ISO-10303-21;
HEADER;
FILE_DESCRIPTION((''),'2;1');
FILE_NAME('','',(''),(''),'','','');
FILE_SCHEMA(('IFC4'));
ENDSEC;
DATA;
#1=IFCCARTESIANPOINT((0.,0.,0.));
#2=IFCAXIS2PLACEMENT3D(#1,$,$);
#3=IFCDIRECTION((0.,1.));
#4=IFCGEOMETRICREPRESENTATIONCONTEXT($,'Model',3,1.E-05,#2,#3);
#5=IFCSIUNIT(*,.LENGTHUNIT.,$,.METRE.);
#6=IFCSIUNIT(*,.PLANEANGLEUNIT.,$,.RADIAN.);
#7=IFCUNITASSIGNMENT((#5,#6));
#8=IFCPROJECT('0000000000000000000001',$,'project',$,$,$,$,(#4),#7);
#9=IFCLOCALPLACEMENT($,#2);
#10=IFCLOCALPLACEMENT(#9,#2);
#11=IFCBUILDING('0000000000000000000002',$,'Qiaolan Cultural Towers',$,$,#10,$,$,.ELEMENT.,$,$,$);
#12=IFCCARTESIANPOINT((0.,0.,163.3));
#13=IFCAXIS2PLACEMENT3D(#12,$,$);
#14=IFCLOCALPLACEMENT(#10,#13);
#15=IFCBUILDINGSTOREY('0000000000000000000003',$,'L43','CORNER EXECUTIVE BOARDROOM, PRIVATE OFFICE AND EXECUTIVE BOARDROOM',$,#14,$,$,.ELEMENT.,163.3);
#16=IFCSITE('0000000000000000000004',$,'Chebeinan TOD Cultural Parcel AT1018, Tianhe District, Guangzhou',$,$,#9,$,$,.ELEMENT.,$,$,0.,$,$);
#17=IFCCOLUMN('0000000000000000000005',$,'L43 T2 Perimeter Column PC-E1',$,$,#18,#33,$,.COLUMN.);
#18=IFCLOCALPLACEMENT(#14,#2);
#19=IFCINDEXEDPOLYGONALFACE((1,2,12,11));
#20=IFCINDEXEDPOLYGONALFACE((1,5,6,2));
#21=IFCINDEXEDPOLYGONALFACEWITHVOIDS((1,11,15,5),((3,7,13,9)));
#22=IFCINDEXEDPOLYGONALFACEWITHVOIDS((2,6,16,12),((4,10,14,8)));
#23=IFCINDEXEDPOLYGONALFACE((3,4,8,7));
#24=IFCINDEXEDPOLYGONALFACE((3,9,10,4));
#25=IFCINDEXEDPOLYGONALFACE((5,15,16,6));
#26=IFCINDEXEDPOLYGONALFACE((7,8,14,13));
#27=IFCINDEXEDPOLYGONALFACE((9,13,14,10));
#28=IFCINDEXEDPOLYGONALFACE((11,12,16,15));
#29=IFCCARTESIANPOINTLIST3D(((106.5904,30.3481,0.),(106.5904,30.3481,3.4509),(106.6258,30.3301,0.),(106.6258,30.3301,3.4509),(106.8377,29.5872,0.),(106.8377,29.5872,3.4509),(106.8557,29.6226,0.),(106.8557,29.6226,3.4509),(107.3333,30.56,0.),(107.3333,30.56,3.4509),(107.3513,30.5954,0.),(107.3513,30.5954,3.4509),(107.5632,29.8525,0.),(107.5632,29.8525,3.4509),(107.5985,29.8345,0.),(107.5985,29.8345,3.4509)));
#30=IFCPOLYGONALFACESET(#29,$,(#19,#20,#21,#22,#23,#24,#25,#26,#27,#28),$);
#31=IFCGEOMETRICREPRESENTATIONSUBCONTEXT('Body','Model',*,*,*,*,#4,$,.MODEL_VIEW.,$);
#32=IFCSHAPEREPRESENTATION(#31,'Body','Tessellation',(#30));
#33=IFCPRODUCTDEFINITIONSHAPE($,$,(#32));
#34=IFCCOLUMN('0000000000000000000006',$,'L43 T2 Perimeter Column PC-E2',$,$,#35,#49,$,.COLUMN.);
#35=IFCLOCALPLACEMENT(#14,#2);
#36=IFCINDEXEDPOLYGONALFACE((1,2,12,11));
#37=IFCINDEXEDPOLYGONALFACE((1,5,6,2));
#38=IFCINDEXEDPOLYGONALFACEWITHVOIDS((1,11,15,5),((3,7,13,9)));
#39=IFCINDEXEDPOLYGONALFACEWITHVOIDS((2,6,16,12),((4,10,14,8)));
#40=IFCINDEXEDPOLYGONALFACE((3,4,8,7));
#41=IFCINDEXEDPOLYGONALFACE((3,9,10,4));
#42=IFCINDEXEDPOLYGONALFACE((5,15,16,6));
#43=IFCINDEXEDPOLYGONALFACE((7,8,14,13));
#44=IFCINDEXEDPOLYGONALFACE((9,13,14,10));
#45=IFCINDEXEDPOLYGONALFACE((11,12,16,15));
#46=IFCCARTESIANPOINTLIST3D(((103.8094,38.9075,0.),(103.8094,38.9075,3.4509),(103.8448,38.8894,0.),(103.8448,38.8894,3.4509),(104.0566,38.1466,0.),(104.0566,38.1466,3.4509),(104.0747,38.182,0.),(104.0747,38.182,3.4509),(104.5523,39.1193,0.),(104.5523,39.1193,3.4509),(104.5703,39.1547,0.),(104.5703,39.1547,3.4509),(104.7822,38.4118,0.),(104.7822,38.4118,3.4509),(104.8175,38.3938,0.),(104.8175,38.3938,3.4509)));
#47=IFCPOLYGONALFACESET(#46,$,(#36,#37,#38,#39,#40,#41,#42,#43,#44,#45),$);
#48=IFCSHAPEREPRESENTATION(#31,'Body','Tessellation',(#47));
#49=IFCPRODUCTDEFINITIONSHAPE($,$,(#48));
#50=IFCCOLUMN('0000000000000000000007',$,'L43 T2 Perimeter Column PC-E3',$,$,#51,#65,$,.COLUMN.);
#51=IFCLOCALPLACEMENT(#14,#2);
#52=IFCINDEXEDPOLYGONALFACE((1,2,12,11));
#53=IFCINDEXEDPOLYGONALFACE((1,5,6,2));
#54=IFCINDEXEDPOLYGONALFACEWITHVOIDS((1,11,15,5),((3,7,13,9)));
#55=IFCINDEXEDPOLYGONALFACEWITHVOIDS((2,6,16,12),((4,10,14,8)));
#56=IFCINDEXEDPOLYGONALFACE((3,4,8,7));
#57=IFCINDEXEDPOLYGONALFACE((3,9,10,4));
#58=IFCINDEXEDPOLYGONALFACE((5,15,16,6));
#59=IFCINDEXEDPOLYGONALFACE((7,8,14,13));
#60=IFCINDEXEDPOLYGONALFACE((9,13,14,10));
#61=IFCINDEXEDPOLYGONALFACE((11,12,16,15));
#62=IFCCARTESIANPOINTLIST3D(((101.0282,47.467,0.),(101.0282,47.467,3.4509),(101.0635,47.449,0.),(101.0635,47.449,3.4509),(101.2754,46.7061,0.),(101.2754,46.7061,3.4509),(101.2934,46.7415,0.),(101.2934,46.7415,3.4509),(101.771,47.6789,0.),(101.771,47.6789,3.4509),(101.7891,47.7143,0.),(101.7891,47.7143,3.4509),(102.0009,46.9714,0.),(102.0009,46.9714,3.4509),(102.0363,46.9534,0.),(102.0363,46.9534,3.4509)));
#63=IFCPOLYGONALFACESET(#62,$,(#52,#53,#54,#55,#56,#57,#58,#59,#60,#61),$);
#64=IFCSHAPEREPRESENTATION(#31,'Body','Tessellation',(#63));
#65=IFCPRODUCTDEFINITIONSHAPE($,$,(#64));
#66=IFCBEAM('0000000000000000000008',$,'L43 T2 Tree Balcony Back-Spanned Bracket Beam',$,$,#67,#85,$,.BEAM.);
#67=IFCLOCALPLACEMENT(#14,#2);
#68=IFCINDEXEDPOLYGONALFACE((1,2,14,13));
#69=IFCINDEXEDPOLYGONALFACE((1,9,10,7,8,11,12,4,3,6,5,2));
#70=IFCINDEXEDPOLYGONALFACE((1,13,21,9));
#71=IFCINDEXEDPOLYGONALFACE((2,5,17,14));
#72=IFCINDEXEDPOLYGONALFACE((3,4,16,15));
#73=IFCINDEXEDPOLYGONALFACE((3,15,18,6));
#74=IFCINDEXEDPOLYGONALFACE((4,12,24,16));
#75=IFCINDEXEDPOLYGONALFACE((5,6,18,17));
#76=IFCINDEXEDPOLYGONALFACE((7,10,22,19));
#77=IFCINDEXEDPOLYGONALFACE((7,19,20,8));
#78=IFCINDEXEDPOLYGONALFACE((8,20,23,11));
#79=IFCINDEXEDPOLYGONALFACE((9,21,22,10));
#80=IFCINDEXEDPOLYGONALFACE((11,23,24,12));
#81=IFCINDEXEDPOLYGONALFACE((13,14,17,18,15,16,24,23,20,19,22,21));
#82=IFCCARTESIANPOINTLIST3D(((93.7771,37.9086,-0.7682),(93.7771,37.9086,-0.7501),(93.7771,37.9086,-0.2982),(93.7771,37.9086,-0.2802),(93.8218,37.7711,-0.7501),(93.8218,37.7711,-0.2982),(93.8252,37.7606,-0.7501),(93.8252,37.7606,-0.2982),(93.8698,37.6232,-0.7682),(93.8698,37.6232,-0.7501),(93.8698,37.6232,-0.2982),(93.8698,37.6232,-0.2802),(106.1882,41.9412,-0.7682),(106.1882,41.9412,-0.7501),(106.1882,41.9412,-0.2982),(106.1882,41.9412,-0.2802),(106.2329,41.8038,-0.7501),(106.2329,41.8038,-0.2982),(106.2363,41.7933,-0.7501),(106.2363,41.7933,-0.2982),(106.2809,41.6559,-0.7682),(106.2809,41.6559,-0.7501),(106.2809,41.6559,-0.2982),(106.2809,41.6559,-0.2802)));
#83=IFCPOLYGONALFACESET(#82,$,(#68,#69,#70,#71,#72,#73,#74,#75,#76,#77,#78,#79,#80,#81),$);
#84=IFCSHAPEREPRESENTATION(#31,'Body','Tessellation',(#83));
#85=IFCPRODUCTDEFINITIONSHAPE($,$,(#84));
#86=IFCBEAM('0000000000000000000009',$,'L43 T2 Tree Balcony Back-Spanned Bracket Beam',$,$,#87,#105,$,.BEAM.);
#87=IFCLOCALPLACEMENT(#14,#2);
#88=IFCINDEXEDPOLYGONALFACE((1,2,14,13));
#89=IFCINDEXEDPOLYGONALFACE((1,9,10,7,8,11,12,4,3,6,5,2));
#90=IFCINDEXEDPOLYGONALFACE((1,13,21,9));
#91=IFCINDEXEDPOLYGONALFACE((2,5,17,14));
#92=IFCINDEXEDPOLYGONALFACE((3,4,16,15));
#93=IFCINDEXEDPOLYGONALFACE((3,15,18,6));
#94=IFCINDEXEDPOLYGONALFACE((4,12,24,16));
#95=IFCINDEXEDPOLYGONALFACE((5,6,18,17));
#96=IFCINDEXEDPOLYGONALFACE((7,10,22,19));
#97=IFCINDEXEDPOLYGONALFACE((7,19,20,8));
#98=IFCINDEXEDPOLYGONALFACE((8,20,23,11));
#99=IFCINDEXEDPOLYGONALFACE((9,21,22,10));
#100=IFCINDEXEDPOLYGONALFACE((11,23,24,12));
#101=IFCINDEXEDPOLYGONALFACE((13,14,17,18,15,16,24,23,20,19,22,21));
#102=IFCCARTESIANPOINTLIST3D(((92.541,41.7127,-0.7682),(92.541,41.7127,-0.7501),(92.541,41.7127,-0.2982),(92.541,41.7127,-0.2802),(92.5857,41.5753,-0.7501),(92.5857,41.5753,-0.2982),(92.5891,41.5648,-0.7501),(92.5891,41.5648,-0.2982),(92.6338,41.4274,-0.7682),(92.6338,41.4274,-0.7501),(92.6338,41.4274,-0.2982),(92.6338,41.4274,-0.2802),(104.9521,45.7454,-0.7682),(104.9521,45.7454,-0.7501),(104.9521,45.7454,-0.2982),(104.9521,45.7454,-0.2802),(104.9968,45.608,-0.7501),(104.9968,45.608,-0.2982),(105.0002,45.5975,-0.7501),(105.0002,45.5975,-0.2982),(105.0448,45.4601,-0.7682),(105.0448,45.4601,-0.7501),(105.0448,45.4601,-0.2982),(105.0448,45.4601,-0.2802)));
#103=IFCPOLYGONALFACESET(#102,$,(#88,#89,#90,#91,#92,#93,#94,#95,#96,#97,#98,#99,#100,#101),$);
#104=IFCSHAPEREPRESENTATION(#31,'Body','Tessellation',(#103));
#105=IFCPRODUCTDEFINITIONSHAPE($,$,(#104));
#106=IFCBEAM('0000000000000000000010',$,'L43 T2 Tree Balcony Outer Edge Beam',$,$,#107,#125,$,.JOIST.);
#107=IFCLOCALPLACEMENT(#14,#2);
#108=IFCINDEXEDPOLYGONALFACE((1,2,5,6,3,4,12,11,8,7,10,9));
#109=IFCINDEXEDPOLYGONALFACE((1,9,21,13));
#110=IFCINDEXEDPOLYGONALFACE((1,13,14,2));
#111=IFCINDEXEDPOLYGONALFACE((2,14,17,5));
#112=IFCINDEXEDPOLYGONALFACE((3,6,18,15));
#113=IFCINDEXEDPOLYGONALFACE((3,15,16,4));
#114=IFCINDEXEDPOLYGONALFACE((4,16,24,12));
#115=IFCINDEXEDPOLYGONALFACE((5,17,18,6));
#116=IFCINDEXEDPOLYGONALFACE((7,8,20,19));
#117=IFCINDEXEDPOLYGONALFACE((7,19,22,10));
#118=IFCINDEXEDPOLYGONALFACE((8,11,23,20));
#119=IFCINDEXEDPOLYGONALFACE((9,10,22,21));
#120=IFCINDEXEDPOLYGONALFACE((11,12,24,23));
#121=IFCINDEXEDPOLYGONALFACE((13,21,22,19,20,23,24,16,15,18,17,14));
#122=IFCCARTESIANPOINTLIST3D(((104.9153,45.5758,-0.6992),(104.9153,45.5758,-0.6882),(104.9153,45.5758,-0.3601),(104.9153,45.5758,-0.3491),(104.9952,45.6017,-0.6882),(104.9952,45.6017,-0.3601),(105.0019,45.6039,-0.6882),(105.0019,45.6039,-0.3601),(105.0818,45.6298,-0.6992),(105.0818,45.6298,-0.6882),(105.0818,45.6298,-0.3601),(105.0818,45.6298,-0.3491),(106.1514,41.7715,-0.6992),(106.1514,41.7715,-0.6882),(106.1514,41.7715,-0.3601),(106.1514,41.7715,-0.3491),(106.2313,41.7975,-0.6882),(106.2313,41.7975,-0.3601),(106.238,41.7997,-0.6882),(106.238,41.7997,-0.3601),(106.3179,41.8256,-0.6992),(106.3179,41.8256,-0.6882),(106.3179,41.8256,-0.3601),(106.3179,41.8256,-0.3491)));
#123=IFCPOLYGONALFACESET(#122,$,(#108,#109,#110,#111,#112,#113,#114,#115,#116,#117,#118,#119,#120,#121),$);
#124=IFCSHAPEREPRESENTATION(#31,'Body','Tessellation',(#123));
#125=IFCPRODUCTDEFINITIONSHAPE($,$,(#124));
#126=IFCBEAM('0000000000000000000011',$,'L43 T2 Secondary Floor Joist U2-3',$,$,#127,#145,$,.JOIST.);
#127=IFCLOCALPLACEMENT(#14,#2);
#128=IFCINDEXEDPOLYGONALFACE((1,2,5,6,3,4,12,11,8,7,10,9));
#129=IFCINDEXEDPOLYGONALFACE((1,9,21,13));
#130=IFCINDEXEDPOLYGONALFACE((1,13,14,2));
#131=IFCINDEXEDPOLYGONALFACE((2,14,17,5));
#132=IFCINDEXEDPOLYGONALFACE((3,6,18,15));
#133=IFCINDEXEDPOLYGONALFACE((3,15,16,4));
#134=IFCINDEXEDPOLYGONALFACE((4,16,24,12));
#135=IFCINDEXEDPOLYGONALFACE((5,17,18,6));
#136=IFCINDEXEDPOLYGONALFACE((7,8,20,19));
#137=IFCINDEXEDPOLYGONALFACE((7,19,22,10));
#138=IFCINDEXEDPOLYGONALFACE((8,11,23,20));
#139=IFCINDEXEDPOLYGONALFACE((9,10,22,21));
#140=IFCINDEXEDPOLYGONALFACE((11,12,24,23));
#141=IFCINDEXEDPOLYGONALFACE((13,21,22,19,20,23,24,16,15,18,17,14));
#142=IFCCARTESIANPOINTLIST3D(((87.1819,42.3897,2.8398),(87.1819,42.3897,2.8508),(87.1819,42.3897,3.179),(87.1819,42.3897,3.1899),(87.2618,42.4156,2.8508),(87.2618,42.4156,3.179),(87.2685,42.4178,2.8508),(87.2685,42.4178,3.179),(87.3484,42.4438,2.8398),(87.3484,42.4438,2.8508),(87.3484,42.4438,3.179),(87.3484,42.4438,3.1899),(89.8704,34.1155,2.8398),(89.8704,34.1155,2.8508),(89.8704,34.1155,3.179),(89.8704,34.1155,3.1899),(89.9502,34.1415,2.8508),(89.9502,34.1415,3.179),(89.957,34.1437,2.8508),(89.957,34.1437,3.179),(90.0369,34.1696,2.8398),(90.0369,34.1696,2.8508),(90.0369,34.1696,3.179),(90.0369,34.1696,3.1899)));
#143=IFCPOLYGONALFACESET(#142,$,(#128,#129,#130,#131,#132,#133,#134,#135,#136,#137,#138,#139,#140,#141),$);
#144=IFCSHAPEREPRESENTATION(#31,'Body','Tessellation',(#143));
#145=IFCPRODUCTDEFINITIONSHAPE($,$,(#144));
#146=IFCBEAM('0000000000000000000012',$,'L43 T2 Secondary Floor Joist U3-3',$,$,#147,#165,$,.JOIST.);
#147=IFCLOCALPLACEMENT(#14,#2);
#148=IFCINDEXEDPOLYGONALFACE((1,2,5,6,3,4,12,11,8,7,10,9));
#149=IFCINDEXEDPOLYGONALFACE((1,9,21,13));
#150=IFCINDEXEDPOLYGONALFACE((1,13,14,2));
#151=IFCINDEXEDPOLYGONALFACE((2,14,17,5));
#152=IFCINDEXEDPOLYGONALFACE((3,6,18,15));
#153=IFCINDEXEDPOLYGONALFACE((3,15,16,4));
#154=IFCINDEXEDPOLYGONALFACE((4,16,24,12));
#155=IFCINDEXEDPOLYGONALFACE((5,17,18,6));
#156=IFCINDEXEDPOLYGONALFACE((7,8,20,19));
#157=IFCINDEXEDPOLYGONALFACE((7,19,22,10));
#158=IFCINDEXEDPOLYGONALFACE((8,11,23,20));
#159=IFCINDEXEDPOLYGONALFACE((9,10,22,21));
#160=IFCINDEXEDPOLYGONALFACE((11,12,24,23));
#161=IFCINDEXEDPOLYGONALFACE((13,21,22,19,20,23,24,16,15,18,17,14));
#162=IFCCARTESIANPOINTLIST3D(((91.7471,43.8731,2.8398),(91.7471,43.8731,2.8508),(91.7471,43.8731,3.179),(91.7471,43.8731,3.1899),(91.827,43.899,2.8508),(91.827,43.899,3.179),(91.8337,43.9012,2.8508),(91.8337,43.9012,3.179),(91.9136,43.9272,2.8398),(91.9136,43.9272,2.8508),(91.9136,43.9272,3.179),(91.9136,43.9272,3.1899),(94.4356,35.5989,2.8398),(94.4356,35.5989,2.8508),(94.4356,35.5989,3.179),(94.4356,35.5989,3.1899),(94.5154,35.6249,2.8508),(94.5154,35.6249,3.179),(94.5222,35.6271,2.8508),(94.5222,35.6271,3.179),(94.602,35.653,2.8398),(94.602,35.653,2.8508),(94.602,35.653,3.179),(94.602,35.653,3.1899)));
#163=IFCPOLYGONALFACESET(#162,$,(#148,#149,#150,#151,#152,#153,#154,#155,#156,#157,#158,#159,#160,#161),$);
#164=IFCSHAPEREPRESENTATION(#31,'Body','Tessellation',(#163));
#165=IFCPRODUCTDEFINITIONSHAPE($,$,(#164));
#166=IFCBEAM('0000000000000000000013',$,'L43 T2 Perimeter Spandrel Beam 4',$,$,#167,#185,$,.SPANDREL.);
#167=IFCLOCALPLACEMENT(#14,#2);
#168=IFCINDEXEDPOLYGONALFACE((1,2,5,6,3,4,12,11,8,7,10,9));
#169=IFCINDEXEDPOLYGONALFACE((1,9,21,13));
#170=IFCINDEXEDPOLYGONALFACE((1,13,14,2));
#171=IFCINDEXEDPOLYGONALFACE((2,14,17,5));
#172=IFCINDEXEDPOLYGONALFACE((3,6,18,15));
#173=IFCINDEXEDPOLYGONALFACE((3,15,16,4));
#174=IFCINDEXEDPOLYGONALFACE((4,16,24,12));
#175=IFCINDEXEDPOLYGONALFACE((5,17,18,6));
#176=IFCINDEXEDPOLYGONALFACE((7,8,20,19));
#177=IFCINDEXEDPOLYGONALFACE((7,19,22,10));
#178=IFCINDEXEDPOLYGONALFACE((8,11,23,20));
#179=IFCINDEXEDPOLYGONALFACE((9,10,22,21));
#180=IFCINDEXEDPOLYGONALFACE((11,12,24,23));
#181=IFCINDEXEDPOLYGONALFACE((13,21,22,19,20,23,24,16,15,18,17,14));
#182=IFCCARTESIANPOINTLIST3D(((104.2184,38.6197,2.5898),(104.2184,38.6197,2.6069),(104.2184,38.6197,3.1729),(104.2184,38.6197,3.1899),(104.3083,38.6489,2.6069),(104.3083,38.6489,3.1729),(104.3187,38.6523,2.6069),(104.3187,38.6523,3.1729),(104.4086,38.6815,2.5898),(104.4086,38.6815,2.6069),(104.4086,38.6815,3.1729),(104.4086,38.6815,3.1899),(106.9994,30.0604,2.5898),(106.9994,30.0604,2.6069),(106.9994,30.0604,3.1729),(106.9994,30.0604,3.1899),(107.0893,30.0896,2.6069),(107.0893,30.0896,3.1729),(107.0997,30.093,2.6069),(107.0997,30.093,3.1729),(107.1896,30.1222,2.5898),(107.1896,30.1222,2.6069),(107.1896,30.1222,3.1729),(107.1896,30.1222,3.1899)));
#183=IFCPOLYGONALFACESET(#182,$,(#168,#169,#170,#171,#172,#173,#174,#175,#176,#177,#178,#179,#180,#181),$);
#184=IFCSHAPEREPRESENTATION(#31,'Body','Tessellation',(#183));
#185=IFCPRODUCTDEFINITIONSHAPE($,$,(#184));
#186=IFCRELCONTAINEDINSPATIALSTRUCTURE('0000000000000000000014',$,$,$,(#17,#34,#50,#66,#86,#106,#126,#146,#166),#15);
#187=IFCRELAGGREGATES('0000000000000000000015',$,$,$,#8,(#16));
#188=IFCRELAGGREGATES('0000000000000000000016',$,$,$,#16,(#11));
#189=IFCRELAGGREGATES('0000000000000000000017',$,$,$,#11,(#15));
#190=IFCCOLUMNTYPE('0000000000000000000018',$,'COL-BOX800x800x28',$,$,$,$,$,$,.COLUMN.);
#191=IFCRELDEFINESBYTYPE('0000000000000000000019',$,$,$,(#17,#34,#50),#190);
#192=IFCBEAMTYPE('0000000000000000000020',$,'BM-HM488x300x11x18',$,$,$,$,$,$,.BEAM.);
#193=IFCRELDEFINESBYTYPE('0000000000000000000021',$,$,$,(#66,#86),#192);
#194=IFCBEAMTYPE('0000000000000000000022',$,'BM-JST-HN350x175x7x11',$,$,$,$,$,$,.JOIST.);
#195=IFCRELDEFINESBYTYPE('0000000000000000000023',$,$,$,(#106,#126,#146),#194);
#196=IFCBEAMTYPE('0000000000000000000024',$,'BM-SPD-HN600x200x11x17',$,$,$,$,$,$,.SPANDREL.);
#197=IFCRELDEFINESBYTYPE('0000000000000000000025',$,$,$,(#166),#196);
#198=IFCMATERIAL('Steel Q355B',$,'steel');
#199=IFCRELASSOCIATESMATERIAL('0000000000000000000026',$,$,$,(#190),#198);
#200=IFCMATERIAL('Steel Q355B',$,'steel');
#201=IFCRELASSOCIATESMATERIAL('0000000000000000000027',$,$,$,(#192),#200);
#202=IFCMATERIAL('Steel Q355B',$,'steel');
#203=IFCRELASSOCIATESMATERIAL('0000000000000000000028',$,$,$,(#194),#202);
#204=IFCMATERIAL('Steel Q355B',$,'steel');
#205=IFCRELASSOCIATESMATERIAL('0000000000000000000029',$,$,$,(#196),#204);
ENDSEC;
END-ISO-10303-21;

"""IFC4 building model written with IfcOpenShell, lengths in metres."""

from ifc_helpers import new_model, si_unit, direction, frame, origin, origin_2d, place, context, subcontext, project, spatial, hollow_rectangle, i_section, extrude, material, material_profile, profile_set, type_object, element, save


model = new_model("IFC4")

# Units and contexts
model_context = context("Model", 3, precision=1e-05, world=origin(), true_north=direction((0.0, 1.0)))
body_context = subcontext(model_context, "Body", "Model", "MODEL_VIEW")
ifc_project = project(units=[si_unit("LENGTHUNIT", "METRE"), si_unit("PLANEANGLEUNIT", "RADIAN")], contexts=[model_context])

# Site, building, storey
site_placement = place(None, origin())
site = spatial("IfcSite", under=ifc_project, at=site_placement, Name="Chebeinan TOD Cultural Parcel AT1018, Tianhe District, Guangzhou", CompositionType="ELEMENT", RefElevation=0.0)
building_placement = place(site_placement, origin())
building = spatial("IfcBuilding", under=site, at=building_placement, Name="Qiaolan Cultural Towers", CompositionType="ELEMENT")
storey_placement = place(building_placement, frame((0.0, 0.0, 163.3)))
storey = spatial("IfcBuildingStorey", under=building, at=storey_placement, Name="L43", Description="CORNER EXECUTIVE BOARDROOM, PRIVATE OFFICE AND EXECUTIVE BOARDROOM", CompositionType="ELEMENT", Elevation=163.3)

# Columns
ifc_material_1 = material(Name="Steel Q355B", Category="steel")
ifc_material_profile_1 = material_profile(ifc_material_1, hollow_rectangle(XDim=0.8, YDim=0.8, WallThickness=0.0281, at=origin_2d()), Name="BOX800x800x28")
ifc_profile_set_1 = profile_set([ifc_material_profile_1], Name="Steel Q355B")
column_type = type_object("IfcColumnType", Name="COL-BOX800x800x28", PredefinedType="COLUMN", material=ifc_profile_set_1)
for number, where, z_axis, x_axis, name in (
    (1, (107.0945, 30.0913, 0.0), (0.0, 0.0, 1.0), (0.951057, 0.309017, 0.0), "L43 T2 Perimeter Column PC-E1"),
    (2, (104.3135, 38.6506, 0.0), (0.0, 0.0, 1.0), (0.951057, 0.309017, 0.0), "L43 T2 Perimeter Column PC-E2"),
    (3, (101.5322, 47.2102, 0.0), (0.0, 0.0, 1.0), (0.951057, 0.309017, 0.0), "L43 T2 Perimeter Column PC-E3"),
):
    element("IfcColumn", number, at=place(storey_placement, frame(where, z_axis=z_axis, x_axis=x_axis)), inside=storey, type_object=column_type, Name=name, PredefinedType="COLUMN", context=body_context, shape_type="SweptSolid", body=[
        extrude(hollow_rectangle(XDim=0.8, YDim=0.8, WallThickness=0.0281, at=origin_2d()), origin(), (0.0, 0.0, 1.0), 3.4509),
    ])

# Beams
ifc_material_2 = material(Name="Steel Q355B", Category="steel")
ifc_material_profile_2 = material_profile(ifc_material_2, i_section(OverallWidth=0.3, OverallDepth=0.488, WebThickness=0.011, FlangeThickness=0.0181, at=origin_2d()), Name="HM488x300x11x18")
ifc_profile_set_2 = profile_set([ifc_material_profile_2], Name="Steel Q355B")
beam_type_1 = type_object("IfcBeamType", Name="BM-HM488x300x11x18", PredefinedType="BEAM", material=ifc_profile_set_2)
for number, where, z_axis, x_axis, name in (
    (4, (93.8235, 37.7659, -0.5242), (0.951054, 0.309023, 0.0), (-0.309023, 0.951054, 0.0), "L43 T2 Tree Balcony Back-Spanned Bracket Beam"),
    (5, (92.5874, 41.5701, -0.5242), (0.951054, 0.309023, 0.0), (-0.309023, 0.951054, 0.0), "L43 T2 Tree Balcony Back-Spanned Bracket Beam"),
):
    element("IfcBeam", number, at=place(storey_placement, frame(where, z_axis=z_axis, x_axis=x_axis)), inside=storey, type_object=beam_type_1, Name=name, PredefinedType="BEAM", context=body_context, shape_type="SweptSolid", body=[
        extrude(i_section(OverallWidth=0.3, OverallDepth=0.488, WebThickness=0.011, FlangeThickness=0.0181, at=origin_2d()), origin(), (0.0, 0.0, 1.0), 13.0498),
    ])
ifc_material_3 = material(Name="Steel Q355B", Category="steel")
ifc_material_profile_3 = material_profile(ifc_material_3, i_section(OverallWidth=0.175, OverallDepth=0.3501, WebThickness=0.0071, FlangeThickness=0.011, at=origin_2d()), Name="HN350x175x7x11")
ifc_profile_set_3 = profile_set([ifc_material_profile_3], Name="Steel Q355B")
beam_type_2 = type_object("IfcBeamType", Name="BM-JST-HN350x175x7x11", PredefinedType="JOIST", material=ifc_profile_set_3)
beam_1_placement = place(storey_placement, frame((106.2346, 41.7986, -0.5242), z_axis=(-0.309023, 0.951055, 0.0), x_axis=(-0.951055, -0.309023, 0.0)))
element("IfcBeam", 6, at=beam_1_placement, inside=storey, type_object=beam_type_2, Name="L43 T2 Tree Balcony Outer Edge Beam", PredefinedType="JOIST", context=body_context, shape_type="SweptSolid", body=[
    extrude(i_section(OverallWidth=0.175, OverallDepth=0.3501, WebThickness=0.0071, FlangeThickness=0.011, at=origin_2d()), origin(), (0.0, 0.0, 1.0), 4.0),
])
for number, where, z_axis, x_axis, name in (
    (7, (89.9536, 34.1426, 3.0149), (-0.309021, 0.951055, 0.0), (-0.951055, -0.309021, 0.0), "L43 T2 Secondary Floor Joist U2-3"),
    (8, (94.5188, 35.626, 3.0149), (-0.309021, 0.951055, 0.0), (-0.951055, -0.309021, 0.0), "L43 T2 Secondary Floor Joist U3-3"),
):
    element("IfcBeam", number, at=place(storey_placement, frame(where, z_axis=z_axis, x_axis=x_axis)), inside=storey, type_object=beam_type_2, Name=name, PredefinedType="JOIST", context=body_context, shape_type="SweptSolid", body=[
        extrude(i_section(OverallWidth=0.175, OverallDepth=0.3501, WebThickness=0.0071, FlangeThickness=0.011, at=origin_2d()), origin(), (0.0, 0.0, 1.0), 8.7),
    ])
ifc_material_4 = material(Name="Steel Q355B", Category="steel")
ifc_material_profile_4 = material_profile(ifc_material_4, i_section(OverallWidth=0.2, OverallDepth=0.6001, WebThickness=0.011, FlangeThickness=0.0171, at=origin_2d()), Name="HN600x200x11x17")
ifc_profile_set_4 = profile_set([ifc_material_profile_4], Name="Steel Q355B")
beam_type_3 = type_object("IfcBeamType", Name="BM-SPD-HN600x200x11x17", PredefinedType="SPANDREL", material=ifc_profile_set_4)
beam_2_placement = place(storey_placement, frame((107.0945, 30.0913, 2.8899), z_axis=(-0.309008, 0.951059, 0.0), x_axis=(-0.951059, -0.309008, 0.0)))
element("IfcBeam", 9, at=beam_2_placement, inside=storey, type_object=beam_type_3, Name="L43 T2 Perimeter Spandrel Beam 4", PredefinedType="SPANDREL", context=body_context, shape_type="SweptSolid", body=[
    extrude(i_section(OverallWidth=0.2, OverallDepth=0.6001, WebThickness=0.011, FlangeThickness=0.0171, at=origin_2d()), origin(), (0.0, 0.0, 1.0), 8.9998),
])

save(model, "model.ifc")
